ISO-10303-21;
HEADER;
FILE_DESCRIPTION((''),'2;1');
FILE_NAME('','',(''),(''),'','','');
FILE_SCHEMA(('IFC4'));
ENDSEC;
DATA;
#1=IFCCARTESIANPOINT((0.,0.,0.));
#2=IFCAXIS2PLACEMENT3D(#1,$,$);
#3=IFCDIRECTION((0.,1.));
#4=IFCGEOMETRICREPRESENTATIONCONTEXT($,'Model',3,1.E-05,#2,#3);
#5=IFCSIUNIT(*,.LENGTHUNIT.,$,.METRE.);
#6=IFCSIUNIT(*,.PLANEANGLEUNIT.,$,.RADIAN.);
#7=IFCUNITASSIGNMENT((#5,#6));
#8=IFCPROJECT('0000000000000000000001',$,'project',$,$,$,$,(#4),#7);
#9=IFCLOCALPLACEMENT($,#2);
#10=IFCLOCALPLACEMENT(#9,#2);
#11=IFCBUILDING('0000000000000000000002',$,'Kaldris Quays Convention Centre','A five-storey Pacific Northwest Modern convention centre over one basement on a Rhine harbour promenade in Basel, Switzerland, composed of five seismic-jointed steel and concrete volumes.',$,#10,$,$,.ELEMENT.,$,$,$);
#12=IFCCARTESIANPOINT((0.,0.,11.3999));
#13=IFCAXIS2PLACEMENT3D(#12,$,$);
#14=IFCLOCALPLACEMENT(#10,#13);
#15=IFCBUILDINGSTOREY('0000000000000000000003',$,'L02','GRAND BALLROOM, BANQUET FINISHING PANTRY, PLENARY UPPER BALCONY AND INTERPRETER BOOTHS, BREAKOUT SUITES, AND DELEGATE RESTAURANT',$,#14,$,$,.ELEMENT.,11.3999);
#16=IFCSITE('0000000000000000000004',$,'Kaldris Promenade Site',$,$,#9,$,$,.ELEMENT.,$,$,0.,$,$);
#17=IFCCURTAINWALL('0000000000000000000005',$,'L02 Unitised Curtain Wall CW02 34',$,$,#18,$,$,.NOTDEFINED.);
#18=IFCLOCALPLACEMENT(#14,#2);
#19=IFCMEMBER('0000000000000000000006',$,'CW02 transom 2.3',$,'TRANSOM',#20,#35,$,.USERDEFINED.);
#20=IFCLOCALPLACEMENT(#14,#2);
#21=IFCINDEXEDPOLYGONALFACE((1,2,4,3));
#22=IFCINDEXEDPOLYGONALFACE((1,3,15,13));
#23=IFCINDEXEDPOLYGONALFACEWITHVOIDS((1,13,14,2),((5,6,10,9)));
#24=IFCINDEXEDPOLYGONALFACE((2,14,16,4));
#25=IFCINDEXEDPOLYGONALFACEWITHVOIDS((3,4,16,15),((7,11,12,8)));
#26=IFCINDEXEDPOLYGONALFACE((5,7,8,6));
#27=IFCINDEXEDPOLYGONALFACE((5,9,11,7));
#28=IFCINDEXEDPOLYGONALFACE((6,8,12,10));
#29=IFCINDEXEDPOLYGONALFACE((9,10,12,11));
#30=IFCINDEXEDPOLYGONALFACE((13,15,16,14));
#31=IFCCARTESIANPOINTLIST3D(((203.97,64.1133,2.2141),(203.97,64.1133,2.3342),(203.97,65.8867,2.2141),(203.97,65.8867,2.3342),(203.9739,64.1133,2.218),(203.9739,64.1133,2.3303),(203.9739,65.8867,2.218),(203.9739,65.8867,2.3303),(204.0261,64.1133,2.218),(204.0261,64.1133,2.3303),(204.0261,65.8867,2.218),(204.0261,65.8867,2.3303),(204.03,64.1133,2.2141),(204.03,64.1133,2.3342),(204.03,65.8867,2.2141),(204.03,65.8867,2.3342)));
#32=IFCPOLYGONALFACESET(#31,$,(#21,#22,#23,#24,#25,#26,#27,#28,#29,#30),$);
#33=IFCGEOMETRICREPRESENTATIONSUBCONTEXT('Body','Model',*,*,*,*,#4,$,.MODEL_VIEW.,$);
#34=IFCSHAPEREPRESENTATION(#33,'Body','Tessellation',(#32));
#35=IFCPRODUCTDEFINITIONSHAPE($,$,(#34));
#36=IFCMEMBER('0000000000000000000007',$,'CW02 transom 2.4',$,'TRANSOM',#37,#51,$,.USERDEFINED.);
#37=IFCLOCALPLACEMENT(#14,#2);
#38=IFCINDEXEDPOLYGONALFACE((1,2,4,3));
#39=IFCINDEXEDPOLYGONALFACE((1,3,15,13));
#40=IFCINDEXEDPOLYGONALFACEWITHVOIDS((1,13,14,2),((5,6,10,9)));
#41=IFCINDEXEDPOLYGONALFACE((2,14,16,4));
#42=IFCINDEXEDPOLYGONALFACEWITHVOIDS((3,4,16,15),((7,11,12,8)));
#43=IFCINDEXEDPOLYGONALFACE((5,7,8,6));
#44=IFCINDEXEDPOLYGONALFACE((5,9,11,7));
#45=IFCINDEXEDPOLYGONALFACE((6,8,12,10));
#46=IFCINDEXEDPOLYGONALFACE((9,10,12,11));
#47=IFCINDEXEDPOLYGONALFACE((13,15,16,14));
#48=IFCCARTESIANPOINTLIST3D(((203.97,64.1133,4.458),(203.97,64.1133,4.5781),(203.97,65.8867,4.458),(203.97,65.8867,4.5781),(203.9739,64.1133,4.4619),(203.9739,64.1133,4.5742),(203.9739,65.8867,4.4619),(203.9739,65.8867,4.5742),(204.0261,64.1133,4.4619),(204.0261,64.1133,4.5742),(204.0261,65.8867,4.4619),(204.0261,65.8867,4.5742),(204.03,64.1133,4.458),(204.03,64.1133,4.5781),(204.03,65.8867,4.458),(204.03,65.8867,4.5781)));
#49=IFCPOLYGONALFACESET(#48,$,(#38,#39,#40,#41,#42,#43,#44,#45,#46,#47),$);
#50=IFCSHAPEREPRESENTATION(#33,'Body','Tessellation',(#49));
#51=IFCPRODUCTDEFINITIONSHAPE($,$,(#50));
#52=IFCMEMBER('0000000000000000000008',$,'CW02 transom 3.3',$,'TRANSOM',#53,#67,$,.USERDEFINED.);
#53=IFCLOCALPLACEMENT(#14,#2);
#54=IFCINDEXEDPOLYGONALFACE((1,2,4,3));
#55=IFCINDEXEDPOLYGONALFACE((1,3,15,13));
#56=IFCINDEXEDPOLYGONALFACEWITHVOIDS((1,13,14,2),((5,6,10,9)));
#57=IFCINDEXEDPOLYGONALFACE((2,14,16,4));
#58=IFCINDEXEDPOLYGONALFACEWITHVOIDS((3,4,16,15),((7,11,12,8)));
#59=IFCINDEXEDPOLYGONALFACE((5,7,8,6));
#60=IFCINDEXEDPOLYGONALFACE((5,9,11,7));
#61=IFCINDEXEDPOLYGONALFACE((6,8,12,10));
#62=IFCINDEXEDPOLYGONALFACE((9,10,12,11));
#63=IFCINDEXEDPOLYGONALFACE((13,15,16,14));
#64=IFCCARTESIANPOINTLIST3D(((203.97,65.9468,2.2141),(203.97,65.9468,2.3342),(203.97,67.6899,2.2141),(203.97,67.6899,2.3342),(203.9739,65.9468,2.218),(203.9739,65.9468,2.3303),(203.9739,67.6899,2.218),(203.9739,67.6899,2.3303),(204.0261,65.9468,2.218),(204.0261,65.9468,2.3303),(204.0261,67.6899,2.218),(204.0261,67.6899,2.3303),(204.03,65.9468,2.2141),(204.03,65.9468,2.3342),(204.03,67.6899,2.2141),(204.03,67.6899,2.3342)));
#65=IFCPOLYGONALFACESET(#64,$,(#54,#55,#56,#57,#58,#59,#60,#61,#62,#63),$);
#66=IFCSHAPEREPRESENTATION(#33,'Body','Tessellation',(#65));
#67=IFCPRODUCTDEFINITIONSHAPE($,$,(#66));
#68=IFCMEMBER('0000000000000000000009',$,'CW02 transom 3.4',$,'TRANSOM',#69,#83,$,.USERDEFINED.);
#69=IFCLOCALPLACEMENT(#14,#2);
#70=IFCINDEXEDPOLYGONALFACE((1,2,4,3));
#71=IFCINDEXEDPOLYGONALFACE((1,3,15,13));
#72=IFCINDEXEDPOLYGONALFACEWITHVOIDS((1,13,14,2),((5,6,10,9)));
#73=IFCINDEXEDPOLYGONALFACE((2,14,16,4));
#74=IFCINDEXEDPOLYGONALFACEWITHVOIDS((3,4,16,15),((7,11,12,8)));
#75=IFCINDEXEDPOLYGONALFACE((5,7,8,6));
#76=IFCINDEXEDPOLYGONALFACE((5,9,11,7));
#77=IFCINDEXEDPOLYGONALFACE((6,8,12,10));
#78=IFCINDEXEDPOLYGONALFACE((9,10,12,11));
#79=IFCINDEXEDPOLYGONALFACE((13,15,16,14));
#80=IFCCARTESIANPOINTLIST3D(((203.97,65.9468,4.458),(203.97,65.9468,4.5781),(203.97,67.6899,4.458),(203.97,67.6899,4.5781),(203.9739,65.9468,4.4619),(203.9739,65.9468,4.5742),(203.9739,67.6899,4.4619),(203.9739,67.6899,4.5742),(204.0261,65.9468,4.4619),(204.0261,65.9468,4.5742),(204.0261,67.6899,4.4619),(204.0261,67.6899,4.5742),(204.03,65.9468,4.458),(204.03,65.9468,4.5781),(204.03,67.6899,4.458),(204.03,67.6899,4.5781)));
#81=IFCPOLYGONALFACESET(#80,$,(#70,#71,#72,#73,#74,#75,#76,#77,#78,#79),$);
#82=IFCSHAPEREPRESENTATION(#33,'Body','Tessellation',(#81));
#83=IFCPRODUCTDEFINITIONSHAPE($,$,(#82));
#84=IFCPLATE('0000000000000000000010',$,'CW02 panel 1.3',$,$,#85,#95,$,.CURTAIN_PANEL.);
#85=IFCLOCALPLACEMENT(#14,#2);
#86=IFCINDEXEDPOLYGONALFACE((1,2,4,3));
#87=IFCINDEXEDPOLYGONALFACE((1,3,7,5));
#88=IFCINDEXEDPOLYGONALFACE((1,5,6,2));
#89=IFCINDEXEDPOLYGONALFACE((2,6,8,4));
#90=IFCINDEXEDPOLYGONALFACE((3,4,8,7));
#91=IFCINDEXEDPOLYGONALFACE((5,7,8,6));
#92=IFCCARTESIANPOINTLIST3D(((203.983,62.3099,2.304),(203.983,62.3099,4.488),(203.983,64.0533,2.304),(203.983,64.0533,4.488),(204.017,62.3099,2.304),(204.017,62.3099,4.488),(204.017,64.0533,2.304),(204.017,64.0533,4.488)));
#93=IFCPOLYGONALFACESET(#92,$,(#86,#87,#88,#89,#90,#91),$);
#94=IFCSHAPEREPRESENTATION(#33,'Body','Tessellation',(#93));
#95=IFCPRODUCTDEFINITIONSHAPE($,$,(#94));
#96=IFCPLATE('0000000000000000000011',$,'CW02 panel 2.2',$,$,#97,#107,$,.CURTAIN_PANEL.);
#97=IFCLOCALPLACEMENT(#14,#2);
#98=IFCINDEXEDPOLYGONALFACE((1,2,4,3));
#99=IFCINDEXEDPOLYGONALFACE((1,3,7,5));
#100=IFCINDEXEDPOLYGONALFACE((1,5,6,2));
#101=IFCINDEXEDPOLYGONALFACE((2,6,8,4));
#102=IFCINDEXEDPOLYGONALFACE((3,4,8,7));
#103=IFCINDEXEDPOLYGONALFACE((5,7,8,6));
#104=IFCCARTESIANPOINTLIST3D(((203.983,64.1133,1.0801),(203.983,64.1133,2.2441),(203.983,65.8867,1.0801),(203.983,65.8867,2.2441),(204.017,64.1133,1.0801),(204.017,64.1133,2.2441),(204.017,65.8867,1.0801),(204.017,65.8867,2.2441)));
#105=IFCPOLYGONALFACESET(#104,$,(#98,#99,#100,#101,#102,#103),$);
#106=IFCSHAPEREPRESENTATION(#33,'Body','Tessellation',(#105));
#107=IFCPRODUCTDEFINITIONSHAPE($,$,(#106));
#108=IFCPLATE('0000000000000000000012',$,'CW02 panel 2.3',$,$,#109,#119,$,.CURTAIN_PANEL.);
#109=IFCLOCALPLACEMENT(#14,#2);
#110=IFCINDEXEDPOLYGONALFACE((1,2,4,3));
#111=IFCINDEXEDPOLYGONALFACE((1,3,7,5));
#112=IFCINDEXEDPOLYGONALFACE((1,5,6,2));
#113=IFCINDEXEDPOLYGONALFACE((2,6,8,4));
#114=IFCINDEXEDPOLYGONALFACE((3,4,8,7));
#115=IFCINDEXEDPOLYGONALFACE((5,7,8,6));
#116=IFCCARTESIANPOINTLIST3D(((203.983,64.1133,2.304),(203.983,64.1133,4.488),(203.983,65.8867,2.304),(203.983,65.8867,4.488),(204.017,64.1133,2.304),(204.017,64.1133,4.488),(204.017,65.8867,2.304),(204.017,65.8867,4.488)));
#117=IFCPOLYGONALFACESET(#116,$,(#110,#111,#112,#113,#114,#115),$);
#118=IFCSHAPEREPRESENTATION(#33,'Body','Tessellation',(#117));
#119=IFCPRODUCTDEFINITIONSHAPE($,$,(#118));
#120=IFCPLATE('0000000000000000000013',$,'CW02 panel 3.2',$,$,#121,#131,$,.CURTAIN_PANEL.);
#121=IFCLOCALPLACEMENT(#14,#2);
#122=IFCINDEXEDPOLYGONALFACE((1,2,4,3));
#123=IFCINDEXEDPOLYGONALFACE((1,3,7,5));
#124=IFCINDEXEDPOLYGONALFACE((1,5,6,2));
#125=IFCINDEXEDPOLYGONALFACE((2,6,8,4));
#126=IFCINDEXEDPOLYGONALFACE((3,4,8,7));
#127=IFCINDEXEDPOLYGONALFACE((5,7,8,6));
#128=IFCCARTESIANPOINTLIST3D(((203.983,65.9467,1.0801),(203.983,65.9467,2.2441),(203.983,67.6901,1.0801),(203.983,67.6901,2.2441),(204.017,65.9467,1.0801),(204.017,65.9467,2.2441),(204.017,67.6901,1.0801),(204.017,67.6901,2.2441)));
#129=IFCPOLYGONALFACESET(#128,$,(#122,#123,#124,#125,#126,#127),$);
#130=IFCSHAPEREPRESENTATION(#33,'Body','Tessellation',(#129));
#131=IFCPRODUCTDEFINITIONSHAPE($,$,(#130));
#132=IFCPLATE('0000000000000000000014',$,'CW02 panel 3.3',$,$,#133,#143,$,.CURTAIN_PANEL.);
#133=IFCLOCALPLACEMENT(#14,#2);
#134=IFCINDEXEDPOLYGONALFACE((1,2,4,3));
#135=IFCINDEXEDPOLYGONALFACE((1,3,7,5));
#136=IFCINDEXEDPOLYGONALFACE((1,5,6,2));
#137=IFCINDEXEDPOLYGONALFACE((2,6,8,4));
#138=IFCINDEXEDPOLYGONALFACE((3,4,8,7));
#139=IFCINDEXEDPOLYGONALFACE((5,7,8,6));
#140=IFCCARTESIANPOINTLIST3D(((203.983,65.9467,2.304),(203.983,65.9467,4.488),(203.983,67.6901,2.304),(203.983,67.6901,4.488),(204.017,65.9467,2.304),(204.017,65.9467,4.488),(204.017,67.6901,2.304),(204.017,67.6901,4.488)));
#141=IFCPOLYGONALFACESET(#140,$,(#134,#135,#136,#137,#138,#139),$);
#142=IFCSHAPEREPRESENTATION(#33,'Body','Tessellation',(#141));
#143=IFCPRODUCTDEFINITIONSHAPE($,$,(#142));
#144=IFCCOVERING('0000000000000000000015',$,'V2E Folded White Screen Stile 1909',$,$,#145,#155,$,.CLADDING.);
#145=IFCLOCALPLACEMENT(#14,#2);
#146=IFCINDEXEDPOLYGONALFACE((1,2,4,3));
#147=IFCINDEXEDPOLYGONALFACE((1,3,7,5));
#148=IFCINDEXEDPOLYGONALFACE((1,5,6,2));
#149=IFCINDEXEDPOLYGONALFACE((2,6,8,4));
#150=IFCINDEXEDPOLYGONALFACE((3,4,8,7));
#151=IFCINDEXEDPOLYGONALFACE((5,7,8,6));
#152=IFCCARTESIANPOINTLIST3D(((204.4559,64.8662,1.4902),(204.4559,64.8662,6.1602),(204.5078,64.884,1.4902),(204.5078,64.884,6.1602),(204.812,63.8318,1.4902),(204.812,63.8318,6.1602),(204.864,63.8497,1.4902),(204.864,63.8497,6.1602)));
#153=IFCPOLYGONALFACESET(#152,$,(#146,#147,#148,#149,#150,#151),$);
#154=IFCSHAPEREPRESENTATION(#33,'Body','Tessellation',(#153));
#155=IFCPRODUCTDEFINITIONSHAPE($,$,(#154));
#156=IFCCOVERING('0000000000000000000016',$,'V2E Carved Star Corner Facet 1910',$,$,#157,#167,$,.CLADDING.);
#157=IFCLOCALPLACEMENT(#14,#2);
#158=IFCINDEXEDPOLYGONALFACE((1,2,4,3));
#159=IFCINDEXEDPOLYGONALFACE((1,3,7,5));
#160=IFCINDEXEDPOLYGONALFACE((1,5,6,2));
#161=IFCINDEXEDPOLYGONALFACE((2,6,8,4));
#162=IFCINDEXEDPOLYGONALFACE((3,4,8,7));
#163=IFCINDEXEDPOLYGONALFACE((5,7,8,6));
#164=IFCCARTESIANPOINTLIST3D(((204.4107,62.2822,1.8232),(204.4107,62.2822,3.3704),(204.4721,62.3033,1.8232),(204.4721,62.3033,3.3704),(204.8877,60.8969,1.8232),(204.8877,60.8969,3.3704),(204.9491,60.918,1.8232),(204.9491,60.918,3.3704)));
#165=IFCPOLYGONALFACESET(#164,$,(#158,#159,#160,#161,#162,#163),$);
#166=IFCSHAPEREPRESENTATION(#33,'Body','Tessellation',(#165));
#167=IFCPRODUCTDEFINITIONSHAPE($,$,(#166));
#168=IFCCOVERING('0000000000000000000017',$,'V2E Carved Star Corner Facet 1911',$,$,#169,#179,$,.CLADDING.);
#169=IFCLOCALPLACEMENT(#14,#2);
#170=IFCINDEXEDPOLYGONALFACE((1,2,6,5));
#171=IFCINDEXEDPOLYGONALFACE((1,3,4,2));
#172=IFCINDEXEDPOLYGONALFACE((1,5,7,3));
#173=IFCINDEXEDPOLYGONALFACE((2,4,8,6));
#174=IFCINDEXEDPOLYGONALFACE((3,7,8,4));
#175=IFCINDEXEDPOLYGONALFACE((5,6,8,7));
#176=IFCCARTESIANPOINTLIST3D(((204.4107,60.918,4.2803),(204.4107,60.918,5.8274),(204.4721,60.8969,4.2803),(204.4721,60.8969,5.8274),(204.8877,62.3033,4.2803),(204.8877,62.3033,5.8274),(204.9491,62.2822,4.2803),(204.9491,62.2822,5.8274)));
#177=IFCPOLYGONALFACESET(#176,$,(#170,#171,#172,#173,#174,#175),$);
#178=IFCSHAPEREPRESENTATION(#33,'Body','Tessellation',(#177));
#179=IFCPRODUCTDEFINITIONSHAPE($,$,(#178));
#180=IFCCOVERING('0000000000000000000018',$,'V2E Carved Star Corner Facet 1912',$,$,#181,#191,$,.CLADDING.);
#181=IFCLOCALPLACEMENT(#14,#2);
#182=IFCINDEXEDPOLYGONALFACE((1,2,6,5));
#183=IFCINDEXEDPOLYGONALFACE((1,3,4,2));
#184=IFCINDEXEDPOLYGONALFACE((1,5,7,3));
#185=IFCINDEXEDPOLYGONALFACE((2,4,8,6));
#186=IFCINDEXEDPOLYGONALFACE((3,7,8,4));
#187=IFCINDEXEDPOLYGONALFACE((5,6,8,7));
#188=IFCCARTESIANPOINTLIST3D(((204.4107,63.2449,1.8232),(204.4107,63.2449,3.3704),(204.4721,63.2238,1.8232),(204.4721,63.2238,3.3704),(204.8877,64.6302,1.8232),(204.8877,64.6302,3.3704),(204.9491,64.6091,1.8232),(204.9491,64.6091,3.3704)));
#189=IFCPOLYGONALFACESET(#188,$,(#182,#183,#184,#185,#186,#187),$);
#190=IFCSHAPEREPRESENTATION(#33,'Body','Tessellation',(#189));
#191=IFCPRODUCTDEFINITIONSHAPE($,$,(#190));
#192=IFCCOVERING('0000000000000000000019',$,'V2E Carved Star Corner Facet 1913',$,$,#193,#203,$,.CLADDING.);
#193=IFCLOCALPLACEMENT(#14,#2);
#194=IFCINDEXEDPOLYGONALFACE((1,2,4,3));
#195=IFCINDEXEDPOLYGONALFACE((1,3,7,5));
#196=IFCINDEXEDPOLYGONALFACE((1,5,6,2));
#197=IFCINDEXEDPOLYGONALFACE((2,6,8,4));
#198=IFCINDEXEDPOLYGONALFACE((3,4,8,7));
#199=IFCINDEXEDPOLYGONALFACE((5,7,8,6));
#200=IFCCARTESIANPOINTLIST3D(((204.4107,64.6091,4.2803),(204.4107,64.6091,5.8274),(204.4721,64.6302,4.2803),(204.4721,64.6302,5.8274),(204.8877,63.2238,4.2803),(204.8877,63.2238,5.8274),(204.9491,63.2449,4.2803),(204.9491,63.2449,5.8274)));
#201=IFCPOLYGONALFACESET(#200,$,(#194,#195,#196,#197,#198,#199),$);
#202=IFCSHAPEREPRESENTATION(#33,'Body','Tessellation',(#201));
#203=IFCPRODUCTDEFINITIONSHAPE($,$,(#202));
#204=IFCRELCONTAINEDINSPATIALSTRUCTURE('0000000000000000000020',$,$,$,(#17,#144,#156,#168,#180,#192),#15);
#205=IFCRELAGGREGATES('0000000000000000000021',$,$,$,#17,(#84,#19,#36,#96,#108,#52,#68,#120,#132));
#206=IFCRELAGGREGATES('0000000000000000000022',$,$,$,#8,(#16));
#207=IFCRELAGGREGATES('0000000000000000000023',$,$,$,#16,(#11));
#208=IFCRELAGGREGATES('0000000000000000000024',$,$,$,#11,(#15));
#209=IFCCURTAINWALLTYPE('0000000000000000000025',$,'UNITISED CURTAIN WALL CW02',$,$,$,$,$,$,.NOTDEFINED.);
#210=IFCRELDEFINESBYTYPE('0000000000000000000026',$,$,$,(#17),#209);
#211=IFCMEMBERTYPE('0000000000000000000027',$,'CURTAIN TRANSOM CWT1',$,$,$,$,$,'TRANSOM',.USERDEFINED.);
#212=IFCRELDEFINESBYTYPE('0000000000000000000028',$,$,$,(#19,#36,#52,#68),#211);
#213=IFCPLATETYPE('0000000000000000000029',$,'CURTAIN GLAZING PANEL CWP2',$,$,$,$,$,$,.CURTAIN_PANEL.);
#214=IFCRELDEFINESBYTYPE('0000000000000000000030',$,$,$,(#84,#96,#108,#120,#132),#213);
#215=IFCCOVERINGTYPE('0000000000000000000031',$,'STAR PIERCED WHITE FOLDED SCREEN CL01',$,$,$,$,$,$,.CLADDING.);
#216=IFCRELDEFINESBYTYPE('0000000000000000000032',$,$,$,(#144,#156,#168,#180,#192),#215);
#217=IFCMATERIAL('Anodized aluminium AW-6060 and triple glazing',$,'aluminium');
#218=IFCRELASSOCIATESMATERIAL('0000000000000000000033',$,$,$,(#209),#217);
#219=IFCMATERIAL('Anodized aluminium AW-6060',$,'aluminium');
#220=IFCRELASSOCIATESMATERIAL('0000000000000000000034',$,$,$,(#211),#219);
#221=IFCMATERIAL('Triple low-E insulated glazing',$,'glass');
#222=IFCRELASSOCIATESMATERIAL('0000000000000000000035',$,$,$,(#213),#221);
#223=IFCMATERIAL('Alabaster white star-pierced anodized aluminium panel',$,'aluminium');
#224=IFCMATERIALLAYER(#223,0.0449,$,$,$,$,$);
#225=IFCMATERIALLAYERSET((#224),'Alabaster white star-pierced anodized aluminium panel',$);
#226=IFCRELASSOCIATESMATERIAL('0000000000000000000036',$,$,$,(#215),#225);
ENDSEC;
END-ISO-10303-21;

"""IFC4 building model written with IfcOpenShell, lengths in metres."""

from ifc_helpers import new_model, si_unit, direction, frame, origin, origin_2d, place, context, subcontext, project, spatial, rectangle, hollow_rectangle, extrude, material, layer, layer_set, material_profile, profile_set, type_object, element, aggregate, save


model = new_model("IFC4")

# Units and contexts
model_context = context("Model", 3, precision=1e-05, world=origin(), true_north=direction((0.0, 1.0)))
body_context = subcontext(model_context, "Body", "Model", "MODEL_VIEW")
ifc_project = project(units=[si_unit("LENGTHUNIT", "METRE"), si_unit("PLANEANGLEUNIT", "RADIAN")], contexts=[model_context])

# Site, building, storey
site_placement = place(None, origin())
site = spatial("IfcSite", under=ifc_project, at=site_placement, Name="Kaldris Promenade Site", CompositionType="ELEMENT", RefElevation=0.0)
building_placement = place(site_placement, origin())
building = spatial("IfcBuilding", under=site, at=building_placement, Name="Kaldris Quays Convention Centre", Description="A five-storey Pacific Northwest Modern convention centre over one basement on a Rhine harbour promenade in Basel, Switzerland, composed of five seismic-jointed steel and concrete volumes.", CompositionType="ELEMENT")
storey_placement = place(building_placement, frame((0.0, 0.0, 11.3999)))
storey = spatial("IfcBuildingStorey", under=building, at=storey_placement, Name="L02", Description="GRAND BALLROOM, BANQUET FINISHING PANTRY, PLENARY UPPER BALCONY AND INTERPRETER BOOTHS, BREAKOUT SUITES, AND DELEGATE RESTAURANT", CompositionType="ELEMENT", Elevation=11.3999)

# Curtain wall, members, plates
ifc_material_1 = material(Name="Anodized aluminium AW-6060 and triple glazing", Category="aluminium")
curtain_wall_type = type_object("IfcCurtainWallType", Name="UNITISED CURTAIN WALL CW02", PredefinedType="NOTDEFINED", material=ifc_material_1)
curtain_wall_placement = place(storey_placement, origin())
curtain_wall = element("IfcCurtainWall", 1, at=curtain_wall_placement, inside=storey, type_object=curtain_wall_type, Name="L02 Unitised Curtain Wall CW02 34", PredefinedType="NOTDEFINED")
ifc_material_2 = material(Name="Anodized aluminium AW-6060", Category="aluminium")
ifc_material_profile = material_profile(ifc_material_2, hollow_rectangle(XDim=0.0601, YDim=0.1201, WallThickness=0.0039, at=origin_2d()), Name="RHS 120x60x4")
ifc_profile_set = profile_set([ifc_material_profile], Name="Anodized aluminium AW-6060")
member_type = type_object("IfcMemberType", Name="CURTAIN TRANSOM CWT1", ElementType="TRANSOM", PredefinedType="USERDEFINED", material=ifc_profile_set)
member_1_placement = place(storey_placement, frame((204.0, 64.1133, 2.2742), z_axis=(0.0, 1.0, 0.0), x_axis=(-1.0, 0.0, 0.0)))
member_1 = element("IfcMember", 2, at=member_1_placement, type_object=member_type, Name="CW02 transom 2.3", ObjectType="TRANSOM", PredefinedType="USERDEFINED", context=body_context, shape_type="SweptSolid", body=[
    extrude(hollow_rectangle(XDim=0.0601, YDim=0.1201, WallThickness=0.0039, at=origin_2d()), origin(), (0.0, 0.0, 1.0), 1.7734),
])
member_2_placement = place(storey_placement, frame((204.0, 64.1133, 4.5181), z_axis=(0.0, 1.0, 0.0), x_axis=(-1.0, 0.0, 0.0)))
member_2 = element("IfcMember", 3, at=member_2_placement, type_object=member_type, Name="CW02 transom 2.4", ObjectType="TRANSOM", PredefinedType="USERDEFINED", context=body_context, shape_type="SweptSolid", body=[
    extrude(hollow_rectangle(XDim=0.0601, YDim=0.1201, WallThickness=0.0039, at=origin_2d()), origin(), (0.0, 0.0, 1.0), 1.7734),
])
member_3_placement = place(storey_placement, frame((204.0, 65.9468, 2.2742), z_axis=(0.0, 1.0, 0.0), x_axis=(-1.0, 0.0, 0.0)))
member_3 = element("IfcMember", 4, at=member_3_placement, type_object=member_type, Name="CW02 transom 3.3", ObjectType="TRANSOM", PredefinedType="USERDEFINED", context=body_context, shape_type="SweptSolid", body=[
    extrude(hollow_rectangle(XDim=0.0601, YDim=0.1201, WallThickness=0.0039, at=origin_2d()), origin(), (0.0, 0.0, 1.0), 1.7432),
])
member_4_placement = place(storey_placement, frame((204.0, 65.9468, 4.5181), z_axis=(0.0, 1.0, 0.0), x_axis=(-1.0, 0.0, 0.0)))
member_4 = element("IfcMember", 5, at=member_4_placement, type_object=member_type, Name="CW02 transom 3.4", ObjectType="TRANSOM", PredefinedType="USERDEFINED", context=body_context, shape_type="SweptSolid", body=[
    extrude(hollow_rectangle(XDim=0.0601, YDim=0.1201, WallThickness=0.0039, at=origin_2d()), origin(), (0.0, 0.0, 1.0), 1.7432),
])
ifc_material_3 = material(Name="Triple low-E insulated glazing", Category="glass")
plate_type = type_object("IfcPlateType", Name="CURTAIN GLAZING PANEL CWP2", PredefinedType="CURTAIN_PANEL", material=ifc_material_3)
plate_1_placement = place(storey_placement, frame((204.0, 63.1816, 2.304), z_axis=(0.0, 0.0, 1.0), x_axis=(0.0, 1.0, 0.0)))
plate_1 = element("IfcPlate", 6, at=plate_1_placement, type_object=plate_type, Name="CW02 panel 1.3", PredefinedType="CURTAIN_PANEL", context=body_context, shape_type="SweptSolid", body=[
    extrude(rectangle(XDim=1.7434, YDim=0.0339, at=origin_2d()), origin(), (0.0, 0.0, 1.0), 2.1841),
])
plate_2_placement = place(storey_placement, frame((204.0, 65.0, 1.0801), z_axis=(0.0, 0.0, 1.0), x_axis=(0.0, 1.0, 0.0)))
plate_2 = element("IfcPlate", 7, at=plate_2_placement, type_object=plate_type, Name="CW02 panel 2.2", PredefinedType="CURTAIN_PANEL", context=body_context, shape_type="SweptSolid", body=[
    extrude(rectangle(XDim=1.7734, YDim=0.0339, at=origin_2d()), origin(), (0.0, 0.0, 1.0), 1.1641),
])
plate_3_placement = place(storey_placement, frame((204.0, 65.0, 2.304), z_axis=(0.0, 0.0, 1.0), x_axis=(0.0, 1.0, 0.0)))
plate_3 = element("IfcPlate", 8, at=plate_3_placement, type_object=plate_type, Name="CW02 panel 2.3", PredefinedType="CURTAIN_PANEL", context=body_context, shape_type="SweptSolid", body=[
    extrude(rectangle(XDim=1.7734, YDim=0.0339, at=origin_2d()), origin(), (0.0, 0.0, 1.0), 2.1841),
])
plate_4_placement = place(storey_placement, frame((204.0, 66.8184, 1.0801), z_axis=(0.0, 0.0, 1.0), x_axis=(0.0, 1.0, 0.0)))
plate_4 = element("IfcPlate", 9, at=plate_4_placement, type_object=plate_type, Name="CW02 panel 3.2", PredefinedType="CURTAIN_PANEL", context=body_context, shape_type="SweptSolid", body=[
    extrude(rectangle(XDim=1.7434, YDim=0.0339, at=origin_2d()), origin(), (0.0, 0.0, 1.0), 1.1641),
])
plate_5_placement = place(storey_placement, frame((204.0, 66.8184, 2.304), z_axis=(0.0, 0.0, 1.0), x_axis=(0.0, 1.0, 0.0)))
plate_5 = element("IfcPlate", 10, at=plate_5_placement, type_object=plate_type, Name="CW02 panel 3.3", PredefinedType="CURTAIN_PANEL", context=body_context, shape_type="SweptSolid", body=[
    extrude(rectangle(XDim=1.7434, YDim=0.0339, at=origin_2d()), origin(), (0.0, 0.0, 1.0), 2.1841),
])
aggregate(curtain_wall, [plate_1, member_1, member_2, plate_2, plate_3, member_3, member_4, plate_4, plate_5])

# Coverings
ifc_material_4 = material(Name="Alabaster white star-pierced anodized aluminium panel", Category="aluminium")
ifc_layer = layer(ifc_material_4, 0.0449)
ifc_layer_set = layer_set([ifc_layer], Name="Alabaster white star-pierced anodized aluminium panel")
covering_type = type_object("IfcCoveringType", Name="STAR PIERCED WHITE FOLDED SCREEN CL01", PredefinedType="CLADDING", material=ifc_layer_set)
covering_1_placement = place(storey_placement, frame((204.6599, 64.3579, 1.4902), z_axis=(0.0, 0.0, 1.0), x_axis=(-0.325568, 0.945519, 0.0)))
element("IfcCovering", 11, at=covering_1_placement, inside=storey, type_object=covering_type, Name="V2E Folded White Screen Stile 1909", PredefinedType="CLADDING", context=body_context, shape_type="SweptSolid", body=[
    extrude(rectangle(XDim=1.094, YDim=0.0549, at=origin_2d()), origin(), (0.0, 0.0, 1.0), 4.6699),
])
for number, where, z_axis, x_axis, name in (
    (12, (204.6799, 61.6001, 1.8232), (0.0, 0.0, 1.0), (-0.325568, 0.945519, 0.0), "V2E Carved Star Corner Facet 1910"),
    (13, (204.6799, 61.6001, 4.2803), (0.0, 0.0, 1.0), (0.325568, 0.945519, 0.0), "V2E Carved Star Corner Facet 1911"),
    (14, (204.6799, 63.927, 1.8232), (0.0, 0.0, 1.0), (0.325568, 0.945519, 0.0), "V2E Carved Star Corner Facet 1912"),
    (15, (204.6799, 63.927, 4.2803), (0.0, 0.0, 1.0), (-0.325568, 0.945519, 0.0), "V2E Carved Star Corner Facet 1913"),
):
    element("IfcCovering", number, at=place(storey_placement, frame(where, z_axis=z_axis, x_axis=x_axis)), inside=storey, type_object=covering_type, Name=name, PredefinedType="CLADDING", context=body_context, shape_type="SweptSolid", body=[
        extrude(rectangle(XDim=1.4651, YDim=0.0649, at=origin_2d()), origin(), (0.0, 0.0, 1.0), 1.5471),
    ])

save(model, "model.ifc")
